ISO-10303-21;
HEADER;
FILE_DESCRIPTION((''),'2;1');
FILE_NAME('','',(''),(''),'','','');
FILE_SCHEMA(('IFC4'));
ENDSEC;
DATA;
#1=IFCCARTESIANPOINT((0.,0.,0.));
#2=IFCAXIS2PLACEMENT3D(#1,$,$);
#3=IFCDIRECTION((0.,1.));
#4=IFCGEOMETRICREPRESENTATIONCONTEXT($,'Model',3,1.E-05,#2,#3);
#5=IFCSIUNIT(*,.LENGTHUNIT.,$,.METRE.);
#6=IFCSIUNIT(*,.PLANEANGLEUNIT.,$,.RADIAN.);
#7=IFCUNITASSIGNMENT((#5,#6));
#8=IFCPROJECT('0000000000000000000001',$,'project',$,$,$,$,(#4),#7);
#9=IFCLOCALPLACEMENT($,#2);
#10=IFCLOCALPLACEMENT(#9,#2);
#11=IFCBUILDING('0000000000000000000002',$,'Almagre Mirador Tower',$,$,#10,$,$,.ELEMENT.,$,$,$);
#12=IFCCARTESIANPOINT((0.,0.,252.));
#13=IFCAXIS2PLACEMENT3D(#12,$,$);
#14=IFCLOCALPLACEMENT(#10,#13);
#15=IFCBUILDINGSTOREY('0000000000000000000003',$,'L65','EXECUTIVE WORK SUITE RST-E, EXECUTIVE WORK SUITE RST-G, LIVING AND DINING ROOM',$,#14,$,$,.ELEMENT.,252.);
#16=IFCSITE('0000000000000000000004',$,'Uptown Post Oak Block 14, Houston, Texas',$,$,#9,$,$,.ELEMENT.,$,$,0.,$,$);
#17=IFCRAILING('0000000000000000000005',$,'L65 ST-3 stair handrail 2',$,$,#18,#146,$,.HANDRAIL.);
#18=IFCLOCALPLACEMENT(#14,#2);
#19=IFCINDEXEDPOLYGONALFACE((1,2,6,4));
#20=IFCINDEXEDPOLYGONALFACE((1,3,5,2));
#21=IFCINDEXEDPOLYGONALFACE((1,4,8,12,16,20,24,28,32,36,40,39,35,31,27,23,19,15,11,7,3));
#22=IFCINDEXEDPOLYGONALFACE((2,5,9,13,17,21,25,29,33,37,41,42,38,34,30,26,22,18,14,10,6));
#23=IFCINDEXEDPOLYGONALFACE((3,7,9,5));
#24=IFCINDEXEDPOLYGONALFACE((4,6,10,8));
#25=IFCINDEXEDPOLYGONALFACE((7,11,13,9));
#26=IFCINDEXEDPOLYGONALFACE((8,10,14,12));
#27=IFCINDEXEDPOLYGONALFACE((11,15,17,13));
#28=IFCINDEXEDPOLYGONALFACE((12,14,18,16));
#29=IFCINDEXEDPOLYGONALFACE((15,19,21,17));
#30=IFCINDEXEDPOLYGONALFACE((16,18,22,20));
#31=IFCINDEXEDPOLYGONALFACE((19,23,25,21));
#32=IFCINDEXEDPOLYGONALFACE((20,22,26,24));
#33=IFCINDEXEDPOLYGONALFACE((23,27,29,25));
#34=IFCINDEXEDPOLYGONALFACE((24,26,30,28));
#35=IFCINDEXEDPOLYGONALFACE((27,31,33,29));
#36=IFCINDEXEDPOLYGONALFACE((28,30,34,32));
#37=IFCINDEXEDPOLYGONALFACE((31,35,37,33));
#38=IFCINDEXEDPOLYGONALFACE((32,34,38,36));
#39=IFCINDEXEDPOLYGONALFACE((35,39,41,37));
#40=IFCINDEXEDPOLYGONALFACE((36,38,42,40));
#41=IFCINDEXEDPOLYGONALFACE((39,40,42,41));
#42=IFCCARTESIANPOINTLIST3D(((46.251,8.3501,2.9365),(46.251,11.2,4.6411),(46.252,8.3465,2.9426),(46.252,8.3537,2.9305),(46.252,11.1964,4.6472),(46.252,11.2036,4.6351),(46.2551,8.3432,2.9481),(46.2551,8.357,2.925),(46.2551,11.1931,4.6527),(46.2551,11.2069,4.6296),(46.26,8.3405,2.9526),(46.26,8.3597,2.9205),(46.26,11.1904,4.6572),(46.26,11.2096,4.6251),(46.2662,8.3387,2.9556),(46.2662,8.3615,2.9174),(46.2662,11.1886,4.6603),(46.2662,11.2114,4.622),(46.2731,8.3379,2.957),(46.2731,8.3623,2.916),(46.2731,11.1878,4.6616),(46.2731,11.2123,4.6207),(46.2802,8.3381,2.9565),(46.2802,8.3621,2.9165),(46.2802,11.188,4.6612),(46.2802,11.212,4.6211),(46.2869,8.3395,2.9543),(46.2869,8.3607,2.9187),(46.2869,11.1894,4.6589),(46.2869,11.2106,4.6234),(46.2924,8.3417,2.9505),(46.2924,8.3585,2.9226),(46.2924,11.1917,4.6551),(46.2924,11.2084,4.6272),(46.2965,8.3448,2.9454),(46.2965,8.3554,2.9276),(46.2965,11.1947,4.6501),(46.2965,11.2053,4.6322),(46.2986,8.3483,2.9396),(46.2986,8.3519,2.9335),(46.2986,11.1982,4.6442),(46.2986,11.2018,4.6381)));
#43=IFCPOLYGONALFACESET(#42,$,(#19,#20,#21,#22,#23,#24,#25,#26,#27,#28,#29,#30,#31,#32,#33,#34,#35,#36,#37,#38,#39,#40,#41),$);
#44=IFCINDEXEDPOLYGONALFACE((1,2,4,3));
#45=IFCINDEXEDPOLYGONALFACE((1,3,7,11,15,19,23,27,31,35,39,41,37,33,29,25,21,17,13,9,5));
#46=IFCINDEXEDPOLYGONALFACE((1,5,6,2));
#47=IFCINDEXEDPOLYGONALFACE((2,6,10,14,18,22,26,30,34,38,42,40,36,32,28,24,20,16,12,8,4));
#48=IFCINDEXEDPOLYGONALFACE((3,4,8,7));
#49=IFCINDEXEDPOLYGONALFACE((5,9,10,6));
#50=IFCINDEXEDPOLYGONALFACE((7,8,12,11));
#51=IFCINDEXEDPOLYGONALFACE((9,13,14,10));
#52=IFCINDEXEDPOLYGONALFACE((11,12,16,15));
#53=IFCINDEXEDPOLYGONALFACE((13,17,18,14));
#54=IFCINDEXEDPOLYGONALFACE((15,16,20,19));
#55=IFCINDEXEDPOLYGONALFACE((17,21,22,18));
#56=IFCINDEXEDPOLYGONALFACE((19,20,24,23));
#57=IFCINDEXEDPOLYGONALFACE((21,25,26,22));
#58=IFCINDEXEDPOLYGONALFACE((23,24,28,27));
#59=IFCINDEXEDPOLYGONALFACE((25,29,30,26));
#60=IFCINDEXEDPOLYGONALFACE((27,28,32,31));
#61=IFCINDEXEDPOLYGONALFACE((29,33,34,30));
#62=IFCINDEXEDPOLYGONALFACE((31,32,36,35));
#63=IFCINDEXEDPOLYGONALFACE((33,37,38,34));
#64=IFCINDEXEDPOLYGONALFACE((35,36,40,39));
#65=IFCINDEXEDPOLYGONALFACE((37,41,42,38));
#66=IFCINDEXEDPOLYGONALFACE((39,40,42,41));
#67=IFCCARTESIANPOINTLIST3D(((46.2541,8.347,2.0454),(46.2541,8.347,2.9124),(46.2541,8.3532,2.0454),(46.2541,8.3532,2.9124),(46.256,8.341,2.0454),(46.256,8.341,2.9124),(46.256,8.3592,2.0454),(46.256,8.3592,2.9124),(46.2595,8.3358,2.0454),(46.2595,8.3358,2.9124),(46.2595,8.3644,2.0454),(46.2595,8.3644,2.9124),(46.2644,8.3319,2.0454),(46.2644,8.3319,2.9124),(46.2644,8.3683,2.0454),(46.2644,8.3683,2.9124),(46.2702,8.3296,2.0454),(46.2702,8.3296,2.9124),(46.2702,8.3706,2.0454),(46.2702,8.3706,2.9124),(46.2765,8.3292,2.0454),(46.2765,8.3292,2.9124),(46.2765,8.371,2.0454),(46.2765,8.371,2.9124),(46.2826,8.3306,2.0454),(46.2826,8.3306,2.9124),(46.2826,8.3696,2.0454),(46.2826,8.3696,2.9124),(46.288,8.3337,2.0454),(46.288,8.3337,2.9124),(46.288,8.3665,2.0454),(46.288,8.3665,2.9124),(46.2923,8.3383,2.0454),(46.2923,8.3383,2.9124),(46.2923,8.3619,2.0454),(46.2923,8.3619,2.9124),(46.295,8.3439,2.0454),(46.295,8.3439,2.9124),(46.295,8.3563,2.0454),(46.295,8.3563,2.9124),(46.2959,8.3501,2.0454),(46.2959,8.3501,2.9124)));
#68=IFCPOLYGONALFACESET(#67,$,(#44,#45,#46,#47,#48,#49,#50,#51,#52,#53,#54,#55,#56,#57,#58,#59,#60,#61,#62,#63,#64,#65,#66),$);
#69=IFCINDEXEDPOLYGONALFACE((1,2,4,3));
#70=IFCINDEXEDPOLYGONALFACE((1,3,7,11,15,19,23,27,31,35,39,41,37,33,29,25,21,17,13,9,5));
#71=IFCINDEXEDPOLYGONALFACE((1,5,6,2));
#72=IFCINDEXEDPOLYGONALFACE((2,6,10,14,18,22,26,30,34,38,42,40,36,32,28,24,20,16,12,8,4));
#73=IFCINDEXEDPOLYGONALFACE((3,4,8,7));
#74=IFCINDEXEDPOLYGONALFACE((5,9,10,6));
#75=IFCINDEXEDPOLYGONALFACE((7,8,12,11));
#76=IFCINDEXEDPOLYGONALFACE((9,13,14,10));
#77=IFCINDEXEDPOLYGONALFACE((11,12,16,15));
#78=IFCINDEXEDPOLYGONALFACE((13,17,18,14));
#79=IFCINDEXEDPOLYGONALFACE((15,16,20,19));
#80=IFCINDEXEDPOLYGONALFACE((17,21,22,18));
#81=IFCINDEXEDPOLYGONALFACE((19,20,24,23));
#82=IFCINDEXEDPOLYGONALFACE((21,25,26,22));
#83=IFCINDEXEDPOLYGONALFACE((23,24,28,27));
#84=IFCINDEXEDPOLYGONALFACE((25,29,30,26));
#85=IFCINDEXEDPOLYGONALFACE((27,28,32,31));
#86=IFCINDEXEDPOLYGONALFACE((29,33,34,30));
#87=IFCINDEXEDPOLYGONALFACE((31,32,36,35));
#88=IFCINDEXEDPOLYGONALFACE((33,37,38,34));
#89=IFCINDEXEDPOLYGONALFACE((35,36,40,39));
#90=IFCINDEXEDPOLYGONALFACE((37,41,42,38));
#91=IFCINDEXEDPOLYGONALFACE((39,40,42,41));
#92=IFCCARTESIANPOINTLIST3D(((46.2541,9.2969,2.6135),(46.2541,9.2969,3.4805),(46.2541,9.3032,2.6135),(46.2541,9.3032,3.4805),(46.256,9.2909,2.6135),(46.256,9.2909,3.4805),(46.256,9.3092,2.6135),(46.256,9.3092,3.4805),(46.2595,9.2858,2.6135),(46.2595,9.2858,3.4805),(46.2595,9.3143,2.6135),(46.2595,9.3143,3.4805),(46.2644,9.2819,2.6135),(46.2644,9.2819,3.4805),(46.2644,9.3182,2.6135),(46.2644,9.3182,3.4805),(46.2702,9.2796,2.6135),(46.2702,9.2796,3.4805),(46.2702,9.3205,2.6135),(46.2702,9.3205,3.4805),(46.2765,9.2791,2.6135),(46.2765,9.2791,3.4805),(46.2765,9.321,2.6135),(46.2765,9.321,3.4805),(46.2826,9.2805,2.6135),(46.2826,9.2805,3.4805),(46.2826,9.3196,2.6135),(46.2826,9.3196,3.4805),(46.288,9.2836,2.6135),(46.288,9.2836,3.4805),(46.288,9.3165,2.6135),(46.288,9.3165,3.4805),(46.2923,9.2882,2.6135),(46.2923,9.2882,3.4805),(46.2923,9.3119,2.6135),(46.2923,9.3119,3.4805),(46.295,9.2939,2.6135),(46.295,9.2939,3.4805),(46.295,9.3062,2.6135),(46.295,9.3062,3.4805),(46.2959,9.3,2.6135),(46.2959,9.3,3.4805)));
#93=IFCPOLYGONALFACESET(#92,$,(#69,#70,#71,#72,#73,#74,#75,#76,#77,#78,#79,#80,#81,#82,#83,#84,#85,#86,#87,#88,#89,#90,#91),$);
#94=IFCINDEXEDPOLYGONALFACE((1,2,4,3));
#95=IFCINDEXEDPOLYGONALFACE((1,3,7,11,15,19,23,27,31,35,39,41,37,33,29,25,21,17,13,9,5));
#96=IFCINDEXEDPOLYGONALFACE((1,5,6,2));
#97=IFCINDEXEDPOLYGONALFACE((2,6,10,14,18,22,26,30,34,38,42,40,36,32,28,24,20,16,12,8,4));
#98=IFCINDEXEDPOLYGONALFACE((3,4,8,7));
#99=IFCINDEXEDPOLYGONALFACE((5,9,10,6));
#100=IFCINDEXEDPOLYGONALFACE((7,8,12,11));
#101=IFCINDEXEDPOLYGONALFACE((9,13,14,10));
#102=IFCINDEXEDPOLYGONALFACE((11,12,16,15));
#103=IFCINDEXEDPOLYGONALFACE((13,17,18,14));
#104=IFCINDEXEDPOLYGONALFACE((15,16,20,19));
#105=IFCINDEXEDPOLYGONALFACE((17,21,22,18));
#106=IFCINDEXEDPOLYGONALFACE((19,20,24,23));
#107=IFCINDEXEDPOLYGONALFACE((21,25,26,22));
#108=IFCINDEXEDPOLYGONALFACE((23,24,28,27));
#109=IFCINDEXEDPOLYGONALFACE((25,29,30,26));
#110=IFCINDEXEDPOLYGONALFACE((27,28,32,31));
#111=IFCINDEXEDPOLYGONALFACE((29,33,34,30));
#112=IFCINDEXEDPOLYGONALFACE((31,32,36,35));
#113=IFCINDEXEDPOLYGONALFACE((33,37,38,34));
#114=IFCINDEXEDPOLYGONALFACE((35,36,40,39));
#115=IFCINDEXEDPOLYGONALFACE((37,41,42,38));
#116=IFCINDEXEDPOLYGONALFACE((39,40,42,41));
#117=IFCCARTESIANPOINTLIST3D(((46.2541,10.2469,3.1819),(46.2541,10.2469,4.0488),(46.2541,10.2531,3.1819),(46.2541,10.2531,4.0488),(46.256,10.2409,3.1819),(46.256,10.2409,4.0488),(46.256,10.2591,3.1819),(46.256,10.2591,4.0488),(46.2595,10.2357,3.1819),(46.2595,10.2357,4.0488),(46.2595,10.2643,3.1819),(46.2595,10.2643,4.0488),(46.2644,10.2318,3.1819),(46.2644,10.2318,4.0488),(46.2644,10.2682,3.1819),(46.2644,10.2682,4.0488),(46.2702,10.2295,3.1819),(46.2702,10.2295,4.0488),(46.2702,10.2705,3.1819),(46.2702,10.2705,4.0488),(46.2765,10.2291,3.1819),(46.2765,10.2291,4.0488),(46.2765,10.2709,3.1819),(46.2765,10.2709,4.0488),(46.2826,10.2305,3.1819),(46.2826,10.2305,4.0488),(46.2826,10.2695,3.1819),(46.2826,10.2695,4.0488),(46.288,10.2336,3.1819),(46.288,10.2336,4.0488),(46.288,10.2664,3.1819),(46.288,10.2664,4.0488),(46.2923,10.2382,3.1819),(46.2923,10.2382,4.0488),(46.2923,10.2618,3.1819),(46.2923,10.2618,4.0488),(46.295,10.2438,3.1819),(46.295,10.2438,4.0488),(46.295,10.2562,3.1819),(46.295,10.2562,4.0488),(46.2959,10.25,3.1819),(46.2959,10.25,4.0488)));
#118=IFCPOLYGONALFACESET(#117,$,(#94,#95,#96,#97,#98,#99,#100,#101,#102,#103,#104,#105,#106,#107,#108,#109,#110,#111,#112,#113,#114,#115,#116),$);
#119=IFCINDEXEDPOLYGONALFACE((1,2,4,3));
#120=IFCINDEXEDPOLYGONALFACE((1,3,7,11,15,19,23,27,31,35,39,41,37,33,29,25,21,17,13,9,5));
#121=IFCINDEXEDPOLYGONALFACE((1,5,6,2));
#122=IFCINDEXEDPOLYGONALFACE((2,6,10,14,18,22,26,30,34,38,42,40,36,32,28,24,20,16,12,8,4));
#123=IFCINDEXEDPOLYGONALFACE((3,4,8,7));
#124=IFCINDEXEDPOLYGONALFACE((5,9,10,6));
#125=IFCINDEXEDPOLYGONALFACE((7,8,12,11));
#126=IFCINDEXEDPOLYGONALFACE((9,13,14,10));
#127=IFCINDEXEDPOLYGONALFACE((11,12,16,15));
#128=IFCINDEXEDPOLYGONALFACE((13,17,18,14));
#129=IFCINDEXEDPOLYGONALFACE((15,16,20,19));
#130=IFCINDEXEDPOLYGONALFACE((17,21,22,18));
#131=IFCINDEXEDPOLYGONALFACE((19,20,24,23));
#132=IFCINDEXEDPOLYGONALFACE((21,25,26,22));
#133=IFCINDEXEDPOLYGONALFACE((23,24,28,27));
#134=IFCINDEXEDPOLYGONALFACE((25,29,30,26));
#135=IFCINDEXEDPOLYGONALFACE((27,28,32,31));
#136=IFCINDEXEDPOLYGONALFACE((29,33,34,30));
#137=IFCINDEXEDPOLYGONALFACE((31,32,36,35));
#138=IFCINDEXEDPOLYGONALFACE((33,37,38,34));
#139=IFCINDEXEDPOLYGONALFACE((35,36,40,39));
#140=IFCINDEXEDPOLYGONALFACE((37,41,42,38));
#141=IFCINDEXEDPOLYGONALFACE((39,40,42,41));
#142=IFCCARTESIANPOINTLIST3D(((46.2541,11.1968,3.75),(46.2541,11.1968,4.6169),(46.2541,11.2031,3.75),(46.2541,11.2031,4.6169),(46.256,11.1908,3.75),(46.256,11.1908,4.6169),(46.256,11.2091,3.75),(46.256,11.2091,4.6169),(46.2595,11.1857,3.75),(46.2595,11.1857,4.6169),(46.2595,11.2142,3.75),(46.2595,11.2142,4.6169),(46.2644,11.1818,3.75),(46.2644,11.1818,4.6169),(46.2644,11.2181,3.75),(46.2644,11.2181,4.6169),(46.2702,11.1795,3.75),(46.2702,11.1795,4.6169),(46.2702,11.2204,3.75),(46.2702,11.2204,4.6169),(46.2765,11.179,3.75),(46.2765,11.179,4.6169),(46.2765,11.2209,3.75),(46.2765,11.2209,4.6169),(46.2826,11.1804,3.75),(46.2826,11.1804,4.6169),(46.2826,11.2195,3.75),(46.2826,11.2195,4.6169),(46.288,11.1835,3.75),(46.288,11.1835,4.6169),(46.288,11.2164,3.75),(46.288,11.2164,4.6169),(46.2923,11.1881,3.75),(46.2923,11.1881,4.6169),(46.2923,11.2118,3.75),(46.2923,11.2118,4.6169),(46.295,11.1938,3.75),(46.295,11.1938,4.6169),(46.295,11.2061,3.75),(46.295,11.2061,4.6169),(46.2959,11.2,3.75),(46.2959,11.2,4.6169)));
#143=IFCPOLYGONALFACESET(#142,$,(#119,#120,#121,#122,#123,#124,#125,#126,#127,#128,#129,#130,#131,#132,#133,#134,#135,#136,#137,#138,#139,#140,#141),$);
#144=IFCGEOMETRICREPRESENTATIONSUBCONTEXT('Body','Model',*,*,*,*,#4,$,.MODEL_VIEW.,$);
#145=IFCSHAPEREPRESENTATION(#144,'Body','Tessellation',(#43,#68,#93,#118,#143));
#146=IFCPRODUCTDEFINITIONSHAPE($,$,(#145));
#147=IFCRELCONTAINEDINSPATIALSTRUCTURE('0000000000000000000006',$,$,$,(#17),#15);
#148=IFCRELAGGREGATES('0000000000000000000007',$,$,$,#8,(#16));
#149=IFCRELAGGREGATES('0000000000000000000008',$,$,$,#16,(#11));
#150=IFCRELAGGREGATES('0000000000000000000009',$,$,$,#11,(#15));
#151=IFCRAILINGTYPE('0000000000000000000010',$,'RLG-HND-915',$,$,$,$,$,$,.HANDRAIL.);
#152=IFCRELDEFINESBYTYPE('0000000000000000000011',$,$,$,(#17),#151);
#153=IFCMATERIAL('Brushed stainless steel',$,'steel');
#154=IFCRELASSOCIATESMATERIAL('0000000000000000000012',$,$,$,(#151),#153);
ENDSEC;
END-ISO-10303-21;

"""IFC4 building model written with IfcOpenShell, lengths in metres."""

from ifc_helpers import new_model, si_unit, direction, frame, origin, origin_2d, place, context, subcontext, project, spatial, circle, extrude, material, type_object, element, save


model = new_model("IFC4")

# Units and contexts
model_context = context("Model", 3, precision=1e-05, world=origin(), true_north=direction((0.0, 1.0)))
body_context = subcontext(model_context, "Body", "Model", "MODEL_VIEW")
ifc_project = project(units=[si_unit("LENGTHUNIT", "METRE"), si_unit("PLANEANGLEUNIT", "RADIAN")], contexts=[model_context])

# Site, building, storey
site_placement = place(None, origin())
site = spatial("IfcSite", under=ifc_project, at=site_placement, Name="Uptown Post Oak Block 14, Houston, Texas", CompositionType="ELEMENT", RefElevation=0.0)
building_placement = place(site_placement, origin())
building = spatial("IfcBuilding", under=site, at=building_placement, Name="Almagre Mirador Tower", CompositionType="ELEMENT")
storey_placement = place(building_placement, frame((0.0, 0.0, 252.0)))
storey = spatial("IfcBuildingStorey", under=building, at=storey_placement, Name="L65", Description="EXECUTIVE WORK SUITE RST-E, EXECUTIVE WORK SUITE RST-G, LIVING AND DINING ROOM", CompositionType="ELEMENT", Elevation=252.0)

# Railing
ifc_material_1 = material(Name="Brushed stainless steel", Category="steel")
railing_type_1 = type_object("IfcRailingType", Name="RLG-HND-915", PredefinedType="HANDRAIL", material=ifc_material_1)
railing_1_placement = place(storey_placement, frame((46.2749, 8.3501, 2.0454)))
element("IfcRailing", 1, at=railing_1_placement, inside=storey, type_object=railing_type_1, Name="L65 ST-3 stair handrail 2", PredefinedType="HANDRAIL", context=body_context, shape_type="SweptSolid", body=[
    extrude(circle(Radius=0.0239, at=origin_2d()), frame((0.0, 0.0, 0.8911), z_axis=(0.0, 0.858199, 0.513317), x_axis=(-1.0, 0.0, 0.0)), (0.0, 0.0, 1.0), 3.3208),
    extrude(circle(Radius=0.021, at=origin_2d()), origin(), (0.0, 0.0, 1.0), 0.8669),
    extrude(circle(Radius=0.021, at=origin_2d()), frame((0.0, 0.95, 0.5681)), (0.0, 0.0, 1.0), 0.8669),
    extrude(circle(Radius=0.021, at=origin_2d()), frame((0.0, 1.8999, 1.1365)), (0.0, 0.0, 1.0), 0.8669),
    extrude(circle(Radius=0.021, at=origin_2d()), frame((0.0, 2.8499, 1.7046)), (0.0, 0.0, 1.0), 0.8669),
])

save(model, "model.ifc")
